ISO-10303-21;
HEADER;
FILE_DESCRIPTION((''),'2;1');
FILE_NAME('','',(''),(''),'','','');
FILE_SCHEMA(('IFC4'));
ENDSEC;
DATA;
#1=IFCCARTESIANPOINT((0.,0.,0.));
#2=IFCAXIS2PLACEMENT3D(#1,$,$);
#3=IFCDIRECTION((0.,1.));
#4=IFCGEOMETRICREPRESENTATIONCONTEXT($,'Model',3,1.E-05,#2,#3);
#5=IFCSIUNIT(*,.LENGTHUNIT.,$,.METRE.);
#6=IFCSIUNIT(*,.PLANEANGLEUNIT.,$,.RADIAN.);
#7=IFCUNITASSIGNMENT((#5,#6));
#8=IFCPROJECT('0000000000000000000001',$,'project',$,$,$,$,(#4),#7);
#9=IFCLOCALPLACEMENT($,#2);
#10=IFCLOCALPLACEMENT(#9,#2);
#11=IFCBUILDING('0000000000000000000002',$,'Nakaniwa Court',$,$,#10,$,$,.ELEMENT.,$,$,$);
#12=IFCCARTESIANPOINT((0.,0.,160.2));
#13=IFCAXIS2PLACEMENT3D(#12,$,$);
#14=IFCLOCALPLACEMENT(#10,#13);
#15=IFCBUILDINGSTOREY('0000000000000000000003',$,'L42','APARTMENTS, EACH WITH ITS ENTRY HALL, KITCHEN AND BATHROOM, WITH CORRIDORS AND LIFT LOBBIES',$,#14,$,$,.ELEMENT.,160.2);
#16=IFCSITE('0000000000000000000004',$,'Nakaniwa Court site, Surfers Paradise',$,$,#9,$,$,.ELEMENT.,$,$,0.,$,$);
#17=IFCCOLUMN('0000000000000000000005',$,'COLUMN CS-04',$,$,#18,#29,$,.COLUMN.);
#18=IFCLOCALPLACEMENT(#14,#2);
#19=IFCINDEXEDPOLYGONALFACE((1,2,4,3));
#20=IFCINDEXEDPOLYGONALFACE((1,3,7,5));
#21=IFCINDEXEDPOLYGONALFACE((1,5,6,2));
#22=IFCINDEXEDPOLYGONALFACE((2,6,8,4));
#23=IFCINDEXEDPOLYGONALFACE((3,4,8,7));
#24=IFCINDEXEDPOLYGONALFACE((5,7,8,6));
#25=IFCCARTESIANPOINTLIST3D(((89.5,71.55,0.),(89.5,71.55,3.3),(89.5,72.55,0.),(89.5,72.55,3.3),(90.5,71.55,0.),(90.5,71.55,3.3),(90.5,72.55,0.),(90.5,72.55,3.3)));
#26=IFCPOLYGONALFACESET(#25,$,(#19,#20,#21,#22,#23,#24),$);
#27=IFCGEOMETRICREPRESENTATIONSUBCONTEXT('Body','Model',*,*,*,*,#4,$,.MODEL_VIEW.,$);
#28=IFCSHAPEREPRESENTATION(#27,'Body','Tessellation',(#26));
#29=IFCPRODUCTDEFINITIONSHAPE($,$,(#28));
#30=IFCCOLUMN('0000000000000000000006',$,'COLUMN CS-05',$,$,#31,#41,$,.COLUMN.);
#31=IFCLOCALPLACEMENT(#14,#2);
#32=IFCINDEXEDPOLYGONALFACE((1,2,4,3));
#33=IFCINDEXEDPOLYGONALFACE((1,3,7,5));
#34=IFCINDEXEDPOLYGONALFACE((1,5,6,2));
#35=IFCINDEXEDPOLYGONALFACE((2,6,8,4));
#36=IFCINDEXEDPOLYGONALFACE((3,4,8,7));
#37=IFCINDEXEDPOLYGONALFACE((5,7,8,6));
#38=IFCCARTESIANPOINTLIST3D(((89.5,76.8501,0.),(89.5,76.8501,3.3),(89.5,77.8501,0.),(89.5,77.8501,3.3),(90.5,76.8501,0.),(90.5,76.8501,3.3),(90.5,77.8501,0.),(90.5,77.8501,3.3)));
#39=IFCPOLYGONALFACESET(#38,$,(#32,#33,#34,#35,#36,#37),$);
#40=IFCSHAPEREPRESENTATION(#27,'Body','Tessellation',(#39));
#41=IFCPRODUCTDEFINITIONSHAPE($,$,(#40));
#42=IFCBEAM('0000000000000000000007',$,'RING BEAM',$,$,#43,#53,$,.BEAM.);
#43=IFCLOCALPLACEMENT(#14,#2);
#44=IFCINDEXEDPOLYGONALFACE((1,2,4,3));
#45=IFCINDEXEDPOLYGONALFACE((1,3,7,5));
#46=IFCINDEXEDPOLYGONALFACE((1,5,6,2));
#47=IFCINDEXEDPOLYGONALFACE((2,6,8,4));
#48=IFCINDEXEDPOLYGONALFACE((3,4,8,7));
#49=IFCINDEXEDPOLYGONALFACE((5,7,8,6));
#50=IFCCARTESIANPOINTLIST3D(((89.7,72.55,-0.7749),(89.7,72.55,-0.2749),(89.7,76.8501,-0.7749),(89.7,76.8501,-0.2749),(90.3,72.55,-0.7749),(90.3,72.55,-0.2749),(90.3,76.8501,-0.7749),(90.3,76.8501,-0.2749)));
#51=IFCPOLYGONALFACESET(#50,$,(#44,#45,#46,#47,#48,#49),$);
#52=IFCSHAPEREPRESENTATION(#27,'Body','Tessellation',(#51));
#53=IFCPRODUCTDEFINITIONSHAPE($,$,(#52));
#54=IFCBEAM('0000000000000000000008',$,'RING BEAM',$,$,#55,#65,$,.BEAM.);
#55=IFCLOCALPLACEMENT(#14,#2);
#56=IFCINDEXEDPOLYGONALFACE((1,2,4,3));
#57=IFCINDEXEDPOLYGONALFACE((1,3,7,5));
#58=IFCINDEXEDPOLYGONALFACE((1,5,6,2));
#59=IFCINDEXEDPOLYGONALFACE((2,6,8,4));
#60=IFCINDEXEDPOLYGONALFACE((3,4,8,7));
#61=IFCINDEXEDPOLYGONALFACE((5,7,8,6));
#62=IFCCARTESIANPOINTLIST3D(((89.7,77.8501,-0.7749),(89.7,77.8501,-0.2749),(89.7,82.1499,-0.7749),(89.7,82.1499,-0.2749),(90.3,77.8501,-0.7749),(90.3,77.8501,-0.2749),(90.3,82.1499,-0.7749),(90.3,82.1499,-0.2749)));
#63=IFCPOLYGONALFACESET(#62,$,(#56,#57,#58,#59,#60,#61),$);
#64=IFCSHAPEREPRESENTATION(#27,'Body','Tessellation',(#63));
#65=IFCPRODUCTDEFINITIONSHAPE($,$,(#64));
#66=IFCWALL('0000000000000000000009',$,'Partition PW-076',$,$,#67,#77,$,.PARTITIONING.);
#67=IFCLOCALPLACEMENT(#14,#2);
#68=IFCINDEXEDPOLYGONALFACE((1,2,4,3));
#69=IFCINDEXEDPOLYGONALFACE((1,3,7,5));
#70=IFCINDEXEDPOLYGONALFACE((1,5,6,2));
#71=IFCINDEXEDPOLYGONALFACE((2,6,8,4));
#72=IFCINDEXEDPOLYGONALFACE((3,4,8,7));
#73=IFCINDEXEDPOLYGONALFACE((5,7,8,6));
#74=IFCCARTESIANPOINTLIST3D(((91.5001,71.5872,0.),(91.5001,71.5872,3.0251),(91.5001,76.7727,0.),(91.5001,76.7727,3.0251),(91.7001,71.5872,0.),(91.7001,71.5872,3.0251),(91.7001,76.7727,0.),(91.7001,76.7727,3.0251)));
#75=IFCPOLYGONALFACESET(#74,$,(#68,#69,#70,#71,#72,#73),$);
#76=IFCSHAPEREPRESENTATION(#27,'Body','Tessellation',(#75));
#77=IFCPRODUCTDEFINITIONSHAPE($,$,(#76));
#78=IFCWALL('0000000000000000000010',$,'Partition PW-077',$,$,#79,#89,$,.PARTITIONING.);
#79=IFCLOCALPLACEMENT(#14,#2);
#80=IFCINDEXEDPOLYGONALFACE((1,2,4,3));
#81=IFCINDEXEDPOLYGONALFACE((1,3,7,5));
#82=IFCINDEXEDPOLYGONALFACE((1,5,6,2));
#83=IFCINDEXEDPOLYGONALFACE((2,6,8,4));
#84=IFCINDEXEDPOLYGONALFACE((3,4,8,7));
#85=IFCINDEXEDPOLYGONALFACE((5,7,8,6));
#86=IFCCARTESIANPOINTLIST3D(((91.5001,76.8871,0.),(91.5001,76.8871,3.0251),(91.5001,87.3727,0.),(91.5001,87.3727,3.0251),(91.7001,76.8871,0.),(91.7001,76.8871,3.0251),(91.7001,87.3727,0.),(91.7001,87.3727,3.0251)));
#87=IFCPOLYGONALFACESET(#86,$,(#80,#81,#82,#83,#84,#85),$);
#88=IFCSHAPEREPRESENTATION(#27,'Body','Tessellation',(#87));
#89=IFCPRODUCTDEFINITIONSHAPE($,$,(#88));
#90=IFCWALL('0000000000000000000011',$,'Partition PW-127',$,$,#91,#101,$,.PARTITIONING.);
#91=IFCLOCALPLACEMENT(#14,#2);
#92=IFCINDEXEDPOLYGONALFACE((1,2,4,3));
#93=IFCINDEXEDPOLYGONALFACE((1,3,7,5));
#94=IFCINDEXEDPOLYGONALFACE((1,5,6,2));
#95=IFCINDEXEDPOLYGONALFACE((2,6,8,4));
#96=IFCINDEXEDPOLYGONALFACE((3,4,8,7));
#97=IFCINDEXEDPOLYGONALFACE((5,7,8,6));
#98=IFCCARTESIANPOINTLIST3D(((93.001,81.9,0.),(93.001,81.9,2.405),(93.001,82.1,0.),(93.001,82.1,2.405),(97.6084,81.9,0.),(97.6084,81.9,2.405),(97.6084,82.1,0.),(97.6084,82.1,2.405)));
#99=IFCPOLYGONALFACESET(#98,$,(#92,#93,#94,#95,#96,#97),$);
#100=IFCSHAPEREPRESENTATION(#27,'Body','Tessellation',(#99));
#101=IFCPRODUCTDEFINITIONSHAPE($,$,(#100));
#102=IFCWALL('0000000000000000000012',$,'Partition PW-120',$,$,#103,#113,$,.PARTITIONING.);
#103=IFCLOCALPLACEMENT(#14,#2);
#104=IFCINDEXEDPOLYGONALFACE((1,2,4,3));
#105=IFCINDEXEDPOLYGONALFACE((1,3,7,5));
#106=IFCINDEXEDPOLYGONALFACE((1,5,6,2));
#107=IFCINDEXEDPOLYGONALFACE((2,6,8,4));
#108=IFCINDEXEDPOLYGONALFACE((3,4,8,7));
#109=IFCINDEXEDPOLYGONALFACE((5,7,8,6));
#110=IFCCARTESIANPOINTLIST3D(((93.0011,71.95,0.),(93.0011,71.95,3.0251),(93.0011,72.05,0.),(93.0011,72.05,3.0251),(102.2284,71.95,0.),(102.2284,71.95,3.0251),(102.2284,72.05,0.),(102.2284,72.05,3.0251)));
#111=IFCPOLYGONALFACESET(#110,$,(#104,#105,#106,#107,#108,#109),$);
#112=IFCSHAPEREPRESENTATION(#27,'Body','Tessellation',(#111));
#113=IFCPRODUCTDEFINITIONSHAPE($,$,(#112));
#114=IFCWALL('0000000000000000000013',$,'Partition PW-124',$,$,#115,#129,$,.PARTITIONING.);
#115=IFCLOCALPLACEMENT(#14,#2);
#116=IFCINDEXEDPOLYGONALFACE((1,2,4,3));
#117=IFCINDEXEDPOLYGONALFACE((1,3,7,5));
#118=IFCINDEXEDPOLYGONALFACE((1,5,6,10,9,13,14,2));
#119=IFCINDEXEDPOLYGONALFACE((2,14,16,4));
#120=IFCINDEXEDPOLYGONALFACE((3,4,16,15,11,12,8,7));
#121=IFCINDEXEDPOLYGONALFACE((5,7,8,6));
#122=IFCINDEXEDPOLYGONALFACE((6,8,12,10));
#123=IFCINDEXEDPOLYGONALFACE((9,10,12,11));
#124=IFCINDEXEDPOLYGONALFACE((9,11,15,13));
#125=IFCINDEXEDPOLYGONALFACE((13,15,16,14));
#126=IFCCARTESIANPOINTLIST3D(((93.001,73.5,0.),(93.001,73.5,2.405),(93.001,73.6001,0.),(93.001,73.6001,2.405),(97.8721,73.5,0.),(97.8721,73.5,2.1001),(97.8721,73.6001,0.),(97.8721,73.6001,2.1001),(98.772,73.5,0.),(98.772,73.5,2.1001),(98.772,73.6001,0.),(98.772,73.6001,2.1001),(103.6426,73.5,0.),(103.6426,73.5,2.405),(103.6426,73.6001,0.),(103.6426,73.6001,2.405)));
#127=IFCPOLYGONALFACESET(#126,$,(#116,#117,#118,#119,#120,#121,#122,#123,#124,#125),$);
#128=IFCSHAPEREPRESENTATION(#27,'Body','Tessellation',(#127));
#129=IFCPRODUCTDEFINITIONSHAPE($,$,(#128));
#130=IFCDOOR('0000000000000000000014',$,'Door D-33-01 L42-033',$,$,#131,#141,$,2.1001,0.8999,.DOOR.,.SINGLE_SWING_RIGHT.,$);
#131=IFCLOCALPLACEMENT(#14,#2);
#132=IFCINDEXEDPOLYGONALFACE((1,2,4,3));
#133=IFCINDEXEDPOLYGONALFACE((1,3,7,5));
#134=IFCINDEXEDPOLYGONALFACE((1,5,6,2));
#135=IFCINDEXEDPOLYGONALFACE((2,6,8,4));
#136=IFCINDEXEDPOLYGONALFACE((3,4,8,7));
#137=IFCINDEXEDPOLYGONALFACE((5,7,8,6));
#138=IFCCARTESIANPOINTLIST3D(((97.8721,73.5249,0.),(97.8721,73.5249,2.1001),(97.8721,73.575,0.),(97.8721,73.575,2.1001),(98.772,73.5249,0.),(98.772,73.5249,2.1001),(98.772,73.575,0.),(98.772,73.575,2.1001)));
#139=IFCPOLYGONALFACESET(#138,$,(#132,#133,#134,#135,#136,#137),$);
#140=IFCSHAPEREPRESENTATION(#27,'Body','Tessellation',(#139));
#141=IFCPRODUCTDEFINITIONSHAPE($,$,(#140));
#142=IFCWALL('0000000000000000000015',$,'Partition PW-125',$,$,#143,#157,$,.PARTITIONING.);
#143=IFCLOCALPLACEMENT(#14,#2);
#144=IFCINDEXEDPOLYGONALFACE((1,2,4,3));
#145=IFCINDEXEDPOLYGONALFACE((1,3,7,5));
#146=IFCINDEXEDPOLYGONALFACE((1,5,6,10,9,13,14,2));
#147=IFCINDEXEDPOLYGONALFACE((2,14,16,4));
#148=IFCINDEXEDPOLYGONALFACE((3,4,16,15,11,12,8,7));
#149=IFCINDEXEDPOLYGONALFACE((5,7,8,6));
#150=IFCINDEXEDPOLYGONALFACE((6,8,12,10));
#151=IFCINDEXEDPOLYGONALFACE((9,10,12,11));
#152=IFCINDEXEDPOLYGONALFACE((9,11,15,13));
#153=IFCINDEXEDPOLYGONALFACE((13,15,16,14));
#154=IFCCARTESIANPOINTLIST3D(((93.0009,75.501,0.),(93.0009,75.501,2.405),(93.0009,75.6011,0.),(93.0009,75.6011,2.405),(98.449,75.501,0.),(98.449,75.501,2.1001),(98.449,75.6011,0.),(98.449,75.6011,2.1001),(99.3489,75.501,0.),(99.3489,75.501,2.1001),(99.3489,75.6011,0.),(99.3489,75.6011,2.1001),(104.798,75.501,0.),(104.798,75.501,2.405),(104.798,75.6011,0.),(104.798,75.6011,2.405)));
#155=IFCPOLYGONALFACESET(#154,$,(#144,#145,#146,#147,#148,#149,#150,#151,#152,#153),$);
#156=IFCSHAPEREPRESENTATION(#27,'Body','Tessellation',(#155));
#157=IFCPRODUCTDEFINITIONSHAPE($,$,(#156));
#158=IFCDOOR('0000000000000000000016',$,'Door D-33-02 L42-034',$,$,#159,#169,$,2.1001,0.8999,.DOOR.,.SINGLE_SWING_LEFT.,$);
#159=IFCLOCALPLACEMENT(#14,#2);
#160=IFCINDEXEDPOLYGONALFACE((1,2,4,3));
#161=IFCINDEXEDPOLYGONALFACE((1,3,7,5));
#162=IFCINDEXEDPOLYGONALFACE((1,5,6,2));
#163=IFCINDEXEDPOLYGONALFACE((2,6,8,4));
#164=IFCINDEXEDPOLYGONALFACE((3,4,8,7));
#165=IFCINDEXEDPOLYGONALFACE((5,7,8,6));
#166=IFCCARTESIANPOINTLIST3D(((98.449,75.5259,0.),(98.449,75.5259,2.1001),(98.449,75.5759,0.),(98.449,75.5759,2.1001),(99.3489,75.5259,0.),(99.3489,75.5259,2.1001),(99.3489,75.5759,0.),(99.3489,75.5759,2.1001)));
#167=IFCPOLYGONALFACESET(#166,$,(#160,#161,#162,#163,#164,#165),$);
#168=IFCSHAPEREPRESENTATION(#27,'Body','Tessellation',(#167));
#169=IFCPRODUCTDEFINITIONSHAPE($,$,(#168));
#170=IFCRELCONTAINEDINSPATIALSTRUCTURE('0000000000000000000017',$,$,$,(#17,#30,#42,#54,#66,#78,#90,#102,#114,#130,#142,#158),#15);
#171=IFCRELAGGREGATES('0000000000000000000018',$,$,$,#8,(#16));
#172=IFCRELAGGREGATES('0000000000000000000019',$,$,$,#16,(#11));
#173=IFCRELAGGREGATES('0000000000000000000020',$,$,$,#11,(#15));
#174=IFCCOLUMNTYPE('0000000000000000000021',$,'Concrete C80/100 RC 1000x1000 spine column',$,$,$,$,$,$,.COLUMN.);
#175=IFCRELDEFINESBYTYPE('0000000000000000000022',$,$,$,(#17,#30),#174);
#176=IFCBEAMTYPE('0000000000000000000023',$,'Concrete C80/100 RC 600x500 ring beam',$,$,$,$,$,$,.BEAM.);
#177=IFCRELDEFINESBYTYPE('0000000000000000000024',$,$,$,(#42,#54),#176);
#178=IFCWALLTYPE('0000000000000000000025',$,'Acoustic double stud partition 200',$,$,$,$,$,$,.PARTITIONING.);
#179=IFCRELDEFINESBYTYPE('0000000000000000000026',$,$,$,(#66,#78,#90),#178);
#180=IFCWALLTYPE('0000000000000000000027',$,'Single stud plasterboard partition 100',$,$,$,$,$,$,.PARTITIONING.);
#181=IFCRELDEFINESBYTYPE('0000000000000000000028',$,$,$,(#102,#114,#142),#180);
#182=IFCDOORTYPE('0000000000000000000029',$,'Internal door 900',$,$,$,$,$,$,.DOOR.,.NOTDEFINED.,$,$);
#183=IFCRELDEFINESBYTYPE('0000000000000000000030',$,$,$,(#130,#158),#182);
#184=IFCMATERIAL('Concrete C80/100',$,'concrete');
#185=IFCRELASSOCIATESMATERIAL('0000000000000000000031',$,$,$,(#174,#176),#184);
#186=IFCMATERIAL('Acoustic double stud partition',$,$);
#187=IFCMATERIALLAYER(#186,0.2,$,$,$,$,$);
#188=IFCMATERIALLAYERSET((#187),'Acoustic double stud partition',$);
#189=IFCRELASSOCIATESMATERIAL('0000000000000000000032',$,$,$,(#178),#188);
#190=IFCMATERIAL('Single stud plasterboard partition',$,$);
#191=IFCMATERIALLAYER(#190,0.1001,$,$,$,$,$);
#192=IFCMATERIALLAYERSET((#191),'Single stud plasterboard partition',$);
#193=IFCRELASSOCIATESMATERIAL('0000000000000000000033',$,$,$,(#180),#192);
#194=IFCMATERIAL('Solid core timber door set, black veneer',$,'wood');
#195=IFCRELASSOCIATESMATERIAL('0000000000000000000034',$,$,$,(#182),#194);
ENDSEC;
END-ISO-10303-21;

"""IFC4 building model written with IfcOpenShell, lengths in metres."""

from ifc_helpers import new_model, si_unit, direction, frame, frame_2d, origin, origin_2d, place, context, subcontext, project, spatial, rectangle, extrude, material, layer, layer_set, material_profile, profile_set, type_object, element, fill, save


model = new_model("IFC4")

# Units and contexts
model_context = context("Model", 3, precision=1e-05, world=origin(), true_north=direction((0.0, 1.0)))
body_context = subcontext(model_context, "Body", "Model", "MODEL_VIEW")
ifc_project = project(units=[si_unit("LENGTHUNIT", "METRE"), si_unit("PLANEANGLEUNIT", "RADIAN")], contexts=[model_context])

# Site, building, storey
site_placement = place(None, origin())
site = spatial("IfcSite", under=ifc_project, at=site_placement, Name="Nakaniwa Court site, Surfers Paradise", CompositionType="ELEMENT", RefElevation=0.0)
building_placement = place(site_placement, origin())
building = spatial("IfcBuilding", under=site, at=building_placement, Name="Nakaniwa Court", CompositionType="ELEMENT")
storey_placement = place(building_placement, frame((0.0, 0.0, 160.2)))
storey = spatial("IfcBuildingStorey", under=building, at=storey_placement, Name="L42", Description="APARTMENTS, EACH WITH ITS ENTRY HALL, KITCHEN AND BATHROOM, WITH CORRIDORS AND LIFT LOBBIES", CompositionType="ELEMENT", Elevation=160.2)

# Columns
ifc_material_1 = material(Name="Concrete C80/100", Category="concrete")
ifc_material_profile_1 = material_profile(ifc_material_1, rectangle(XDim=1.0, YDim=1.0, at=origin_2d()), Name="Concrete C80/100 RC 1000x1000 spine column")
ifc_profile_set_1 = profile_set([ifc_material_profile_1], Name="Concrete C80/100")
column_type = type_object("IfcColumnType", Name="Concrete C80/100 RC 1000x1000 spine column", PredefinedType="COLUMN", material=ifc_profile_set_1)
for number, where, z_axis, x_axis, name in (
    (1, (90.0, 72.05, 0.0), (0.0, 0.0, 1.0), (0.0, 1.0, 0.0), "COLUMN CS-04"),
    (2, (90.0, 77.3501, 0.0), (0.0, 0.0, 1.0), (0.0, 1.0, 0.0), "COLUMN CS-05"),
):
    element("IfcColumn", number, at=place(storey_placement, frame(where, z_axis=z_axis, x_axis=x_axis)), inside=storey, type_object=column_type, Name=name, PredefinedType="COLUMN", context=body_context, shape_type="SweptSolid", body=[
        extrude(rectangle(XDim=1.0, YDim=1.0, at=origin_2d()), origin(), (0.0, 0.0, 1.0), 3.3),
    ])

# Beams
ifc_material_profile_2 = material_profile(ifc_material_1, rectangle(XDim=0.6001, YDim=0.5, at=origin_2d()), Name="Concrete C80/100 RC 600x500 ring beam")
ifc_profile_set_2 = profile_set([ifc_material_profile_2], Name="Concrete C80/100")
beam_type = type_object("IfcBeamType", Name="Concrete C80/100 RC 600x500 ring beam", PredefinedType="BEAM", material=ifc_profile_set_2)
beam_1_placement = place(storey_placement, frame((90.0, 72.55, -0.5249), z_axis=(0.0, 1.0, 0.0), x_axis=(-1.0, 0.0, 0.0)))
element("IfcBeam", 3, at=beam_1_placement, inside=storey, type_object=beam_type, Name="RING BEAM", PredefinedType="BEAM", context=body_context, shape_type="SweptSolid", body=[
    extrude(rectangle(XDim=0.6001, YDim=0.5, at=origin_2d()), origin(), (0.0, 0.0, 1.0), 4.3),
])
beam_2_placement = place(storey_placement, frame((90.0, 77.8501, -0.5249), z_axis=(0.0, 1.0, 0.0), x_axis=(-1.0, 0.0, 0.0)))
element("IfcBeam", 4, at=beam_2_placement, inside=storey, type_object=beam_type, Name="RING BEAM", PredefinedType="BEAM", context=body_context, shape_type="SweptSolid", body=[
    extrude(rectangle(XDim=0.6001, YDim=0.5, at=origin_2d()), origin(), (0.0, 0.0, 1.0), 4.2998),
])

# Walls
ifc_material_2 = material(Name="Acoustic double stud partition")
ifc_layer_1 = layer(ifc_material_2, 0.2)
ifc_layer_set_1 = layer_set([ifc_layer_1], Name="Acoustic double stud partition")
wall_type_1 = type_object("IfcWallType", Name="Acoustic double stud partition 200", PredefinedType="PARTITIONING", material=ifc_layer_set_1)
wall_1_placement = place(storey_placement, frame((91.6001, 71.5872, 0.0), z_axis=(0.0, 0.0, 1.0), x_axis=(0.0, 1.0, 0.0)))
element("IfcWall", 5, at=wall_1_placement, inside=storey, type_object=wall_type_1, Name="Partition PW-076", PredefinedType="PARTITIONING", context=body_context, shape_type="SweptSolid", body=[
    extrude(rectangle(XDim=5.1855, YDim=0.2, at=frame_2d((2.5928, 0.0))), origin(), (0.0, 0.0, 1.0), 3.0251),
])
wall_2_placement = place(storey_placement, frame((91.6001, 76.8872, 0.0), z_axis=(0.0, 0.0, 1.0), x_axis=(0.0, 1.0, 0.0)))
element("IfcWall", 6, at=wall_2_placement, inside=storey, type_object=wall_type_1, Name="Partition PW-077", PredefinedType="PARTITIONING", context=body_context, shape_type="SweptSolid", body=[
    extrude(rectangle(XDim=10.4856, YDim=0.2, at=frame_2d((5.2427, 0.0))), origin(), (0.0, 0.0, 1.0), 3.0251),
])
wall_3_placement = place(storey_placement, frame((93.001, 82.0, 0.0), z_axis=(0.0, 0.0, 1.0), x_axis=(1.0, 0.0, 0.0)))
element("IfcWall", 7, at=wall_3_placement, inside=storey, type_object=wall_type_1, Name="Partition PW-127", PredefinedType="PARTITIONING", context=body_context, shape_type="SweptSolid", body=[
    extrude(rectangle(XDim=4.6074, YDim=0.2, at=frame_2d((2.3037, 0.0))), origin(), (0.0, 0.0, 1.0), 2.405),
])
ifc_material_3 = material(Name="Single stud plasterboard partition")
ifc_layer_2 = layer(ifc_material_3, 0.1001)
ifc_layer_set_2 = layer_set([ifc_layer_2], Name="Single stud plasterboard partition")
wall_type_2 = type_object("IfcWallType", Name="Single stud plasterboard partition 100", PredefinedType="PARTITIONING", material=ifc_layer_set_2)
wall_4_placement = place(storey_placement, frame((93.001, 72.0, 0.0), z_axis=(0.0, 0.0, 1.0), x_axis=(1.0, 0.0, 0.0)))
element("IfcWall", 8, at=wall_4_placement, inside=storey, type_object=wall_type_2, Name="Partition PW-120", PredefinedType="PARTITIONING", context=body_context, shape_type="SweptSolid", body=[
    extrude(rectangle(XDim=9.2273, YDim=0.1001, at=frame_2d((4.6138, 0.0))), origin(), (0.0, 0.0, 1.0), 3.0251),
])

# Walls, openings, doors
wall_5_placement = place(storey_placement, frame((93.001, 73.55, 0.0), z_axis=(0.0, 0.0, 1.0), x_axis=(1.0, 0.0, 0.0)))
wall_5 = element("IfcWall", 9, at=wall_5_placement, inside=storey, type_object=wall_type_2, Name="Partition PW-124", PredefinedType="PARTITIONING", context=body_context, shape_type="SweptSolid", body=[
    extrude(rectangle(XDim=10.6416, YDim=0.1001, at=frame_2d((5.3208, 0.0))), origin(), (0.0, 0.0, 1.0), 2.405),
])
opening_1_placement = place(wall_5_placement, frame((4.8711, 0.0, 0.0)))
opening_1 = element("IfcOpeningElement", 10, at=opening_1_placement, cuts=wall_5, PredefinedType="OPENING", context=body_context, shape_type="SweptSolid", body=[
    extrude(rectangle(XDim=0.8999, YDim=2.1001, at=frame_2d((0.45, 1.05))), frame((0.0, 0.0601, 0.0), z_axis=(0.0, -1.0, 0.0), x_axis=(1.0, 0.0, 0.0)), (0.0, 0.0, 1.0), 0.1201),
])
ifc_material_4 = material(Name="Solid core timber door set, black veneer", Category="wood")
door_type_1 = type_object("IfcDoorType", Name="Internal door 900", OperationType="NOTDEFINED", PredefinedType="DOOR", material=ifc_material_4)
door_1_placement = place(opening_1_placement, origin())
door_1 = element("IfcDoor", 11, at=door_1_placement, inside=storey, type_object=door_type_1, Name="Door D-33-01 L42-033", OperationType="SINGLE_SWING_RIGHT", OverallHeight=2.1001, OverallWidth=0.8999, PredefinedType="DOOR", context=body_context, shape_type="SweptSolid", body=[
    extrude(rectangle(XDim=0.8999, YDim=2.1001, at=frame_2d((0.45, 1.05))), frame((0.0, 0.0249, 0.0), z_axis=(0.0, -1.0, 0.0), x_axis=(1.0, 0.0, 0.0)), (0.0, 0.0, 1.0), 0.05),
])
fill(opening_1, door_1)
wall_6_placement = place(storey_placement, frame((93.001, 75.551, 0.0), z_axis=(0.0, 0.0, 1.0), x_axis=(1.0, 0.0, 0.0)))
wall_6 = element("IfcWall", 12, at=wall_6_placement, inside=storey, type_object=wall_type_2, Name="Partition PW-125", PredefinedType="PARTITIONING", context=body_context, shape_type="SweptSolid", body=[
    extrude(rectangle(XDim=11.7971, YDim=0.1001, at=frame_2d((5.8984, 0.0))), origin(), (0.0, 0.0, 1.0), 2.405),
])
opening_2_placement = place(wall_6_placement, frame((5.448, 0.0, 0.0)))
opening_2 = element("IfcOpeningElement", 13, at=opening_2_placement, cuts=wall_6, PredefinedType="OPENING", context=body_context, shape_type="SweptSolid", body=[
    extrude(rectangle(XDim=0.8999, YDim=2.1001, at=frame_2d((0.45, 1.05))), frame((0.0, 0.0601, 0.0), z_axis=(0.0, -1.0, 0.0), x_axis=(1.0, 0.0, 0.0)), (0.0, 0.0, 1.0), 0.1201),
])
door_2_placement = place(opening_2_placement, origin())
door_2 = element("IfcDoor", 14, at=door_2_placement, inside=storey, type_object=door_type_1, Name="Door D-33-02 L42-034", OperationType="SINGLE_SWING_LEFT", OverallHeight=2.1001, OverallWidth=0.8999, PredefinedType="DOOR", context=body_context, shape_type="SweptSolid", body=[
    extrude(rectangle(XDim=0.8999, YDim=2.1001, at=frame_2d((0.45, 1.05))), frame((0.0, 0.0249, 0.0), z_axis=(0.0, -1.0, 0.0), x_axis=(1.0, 0.0, 0.0)), (0.0, 0.0, 1.0), 0.05),
])
fill(opening_2, door_2)

save(model, "model.ifc")
